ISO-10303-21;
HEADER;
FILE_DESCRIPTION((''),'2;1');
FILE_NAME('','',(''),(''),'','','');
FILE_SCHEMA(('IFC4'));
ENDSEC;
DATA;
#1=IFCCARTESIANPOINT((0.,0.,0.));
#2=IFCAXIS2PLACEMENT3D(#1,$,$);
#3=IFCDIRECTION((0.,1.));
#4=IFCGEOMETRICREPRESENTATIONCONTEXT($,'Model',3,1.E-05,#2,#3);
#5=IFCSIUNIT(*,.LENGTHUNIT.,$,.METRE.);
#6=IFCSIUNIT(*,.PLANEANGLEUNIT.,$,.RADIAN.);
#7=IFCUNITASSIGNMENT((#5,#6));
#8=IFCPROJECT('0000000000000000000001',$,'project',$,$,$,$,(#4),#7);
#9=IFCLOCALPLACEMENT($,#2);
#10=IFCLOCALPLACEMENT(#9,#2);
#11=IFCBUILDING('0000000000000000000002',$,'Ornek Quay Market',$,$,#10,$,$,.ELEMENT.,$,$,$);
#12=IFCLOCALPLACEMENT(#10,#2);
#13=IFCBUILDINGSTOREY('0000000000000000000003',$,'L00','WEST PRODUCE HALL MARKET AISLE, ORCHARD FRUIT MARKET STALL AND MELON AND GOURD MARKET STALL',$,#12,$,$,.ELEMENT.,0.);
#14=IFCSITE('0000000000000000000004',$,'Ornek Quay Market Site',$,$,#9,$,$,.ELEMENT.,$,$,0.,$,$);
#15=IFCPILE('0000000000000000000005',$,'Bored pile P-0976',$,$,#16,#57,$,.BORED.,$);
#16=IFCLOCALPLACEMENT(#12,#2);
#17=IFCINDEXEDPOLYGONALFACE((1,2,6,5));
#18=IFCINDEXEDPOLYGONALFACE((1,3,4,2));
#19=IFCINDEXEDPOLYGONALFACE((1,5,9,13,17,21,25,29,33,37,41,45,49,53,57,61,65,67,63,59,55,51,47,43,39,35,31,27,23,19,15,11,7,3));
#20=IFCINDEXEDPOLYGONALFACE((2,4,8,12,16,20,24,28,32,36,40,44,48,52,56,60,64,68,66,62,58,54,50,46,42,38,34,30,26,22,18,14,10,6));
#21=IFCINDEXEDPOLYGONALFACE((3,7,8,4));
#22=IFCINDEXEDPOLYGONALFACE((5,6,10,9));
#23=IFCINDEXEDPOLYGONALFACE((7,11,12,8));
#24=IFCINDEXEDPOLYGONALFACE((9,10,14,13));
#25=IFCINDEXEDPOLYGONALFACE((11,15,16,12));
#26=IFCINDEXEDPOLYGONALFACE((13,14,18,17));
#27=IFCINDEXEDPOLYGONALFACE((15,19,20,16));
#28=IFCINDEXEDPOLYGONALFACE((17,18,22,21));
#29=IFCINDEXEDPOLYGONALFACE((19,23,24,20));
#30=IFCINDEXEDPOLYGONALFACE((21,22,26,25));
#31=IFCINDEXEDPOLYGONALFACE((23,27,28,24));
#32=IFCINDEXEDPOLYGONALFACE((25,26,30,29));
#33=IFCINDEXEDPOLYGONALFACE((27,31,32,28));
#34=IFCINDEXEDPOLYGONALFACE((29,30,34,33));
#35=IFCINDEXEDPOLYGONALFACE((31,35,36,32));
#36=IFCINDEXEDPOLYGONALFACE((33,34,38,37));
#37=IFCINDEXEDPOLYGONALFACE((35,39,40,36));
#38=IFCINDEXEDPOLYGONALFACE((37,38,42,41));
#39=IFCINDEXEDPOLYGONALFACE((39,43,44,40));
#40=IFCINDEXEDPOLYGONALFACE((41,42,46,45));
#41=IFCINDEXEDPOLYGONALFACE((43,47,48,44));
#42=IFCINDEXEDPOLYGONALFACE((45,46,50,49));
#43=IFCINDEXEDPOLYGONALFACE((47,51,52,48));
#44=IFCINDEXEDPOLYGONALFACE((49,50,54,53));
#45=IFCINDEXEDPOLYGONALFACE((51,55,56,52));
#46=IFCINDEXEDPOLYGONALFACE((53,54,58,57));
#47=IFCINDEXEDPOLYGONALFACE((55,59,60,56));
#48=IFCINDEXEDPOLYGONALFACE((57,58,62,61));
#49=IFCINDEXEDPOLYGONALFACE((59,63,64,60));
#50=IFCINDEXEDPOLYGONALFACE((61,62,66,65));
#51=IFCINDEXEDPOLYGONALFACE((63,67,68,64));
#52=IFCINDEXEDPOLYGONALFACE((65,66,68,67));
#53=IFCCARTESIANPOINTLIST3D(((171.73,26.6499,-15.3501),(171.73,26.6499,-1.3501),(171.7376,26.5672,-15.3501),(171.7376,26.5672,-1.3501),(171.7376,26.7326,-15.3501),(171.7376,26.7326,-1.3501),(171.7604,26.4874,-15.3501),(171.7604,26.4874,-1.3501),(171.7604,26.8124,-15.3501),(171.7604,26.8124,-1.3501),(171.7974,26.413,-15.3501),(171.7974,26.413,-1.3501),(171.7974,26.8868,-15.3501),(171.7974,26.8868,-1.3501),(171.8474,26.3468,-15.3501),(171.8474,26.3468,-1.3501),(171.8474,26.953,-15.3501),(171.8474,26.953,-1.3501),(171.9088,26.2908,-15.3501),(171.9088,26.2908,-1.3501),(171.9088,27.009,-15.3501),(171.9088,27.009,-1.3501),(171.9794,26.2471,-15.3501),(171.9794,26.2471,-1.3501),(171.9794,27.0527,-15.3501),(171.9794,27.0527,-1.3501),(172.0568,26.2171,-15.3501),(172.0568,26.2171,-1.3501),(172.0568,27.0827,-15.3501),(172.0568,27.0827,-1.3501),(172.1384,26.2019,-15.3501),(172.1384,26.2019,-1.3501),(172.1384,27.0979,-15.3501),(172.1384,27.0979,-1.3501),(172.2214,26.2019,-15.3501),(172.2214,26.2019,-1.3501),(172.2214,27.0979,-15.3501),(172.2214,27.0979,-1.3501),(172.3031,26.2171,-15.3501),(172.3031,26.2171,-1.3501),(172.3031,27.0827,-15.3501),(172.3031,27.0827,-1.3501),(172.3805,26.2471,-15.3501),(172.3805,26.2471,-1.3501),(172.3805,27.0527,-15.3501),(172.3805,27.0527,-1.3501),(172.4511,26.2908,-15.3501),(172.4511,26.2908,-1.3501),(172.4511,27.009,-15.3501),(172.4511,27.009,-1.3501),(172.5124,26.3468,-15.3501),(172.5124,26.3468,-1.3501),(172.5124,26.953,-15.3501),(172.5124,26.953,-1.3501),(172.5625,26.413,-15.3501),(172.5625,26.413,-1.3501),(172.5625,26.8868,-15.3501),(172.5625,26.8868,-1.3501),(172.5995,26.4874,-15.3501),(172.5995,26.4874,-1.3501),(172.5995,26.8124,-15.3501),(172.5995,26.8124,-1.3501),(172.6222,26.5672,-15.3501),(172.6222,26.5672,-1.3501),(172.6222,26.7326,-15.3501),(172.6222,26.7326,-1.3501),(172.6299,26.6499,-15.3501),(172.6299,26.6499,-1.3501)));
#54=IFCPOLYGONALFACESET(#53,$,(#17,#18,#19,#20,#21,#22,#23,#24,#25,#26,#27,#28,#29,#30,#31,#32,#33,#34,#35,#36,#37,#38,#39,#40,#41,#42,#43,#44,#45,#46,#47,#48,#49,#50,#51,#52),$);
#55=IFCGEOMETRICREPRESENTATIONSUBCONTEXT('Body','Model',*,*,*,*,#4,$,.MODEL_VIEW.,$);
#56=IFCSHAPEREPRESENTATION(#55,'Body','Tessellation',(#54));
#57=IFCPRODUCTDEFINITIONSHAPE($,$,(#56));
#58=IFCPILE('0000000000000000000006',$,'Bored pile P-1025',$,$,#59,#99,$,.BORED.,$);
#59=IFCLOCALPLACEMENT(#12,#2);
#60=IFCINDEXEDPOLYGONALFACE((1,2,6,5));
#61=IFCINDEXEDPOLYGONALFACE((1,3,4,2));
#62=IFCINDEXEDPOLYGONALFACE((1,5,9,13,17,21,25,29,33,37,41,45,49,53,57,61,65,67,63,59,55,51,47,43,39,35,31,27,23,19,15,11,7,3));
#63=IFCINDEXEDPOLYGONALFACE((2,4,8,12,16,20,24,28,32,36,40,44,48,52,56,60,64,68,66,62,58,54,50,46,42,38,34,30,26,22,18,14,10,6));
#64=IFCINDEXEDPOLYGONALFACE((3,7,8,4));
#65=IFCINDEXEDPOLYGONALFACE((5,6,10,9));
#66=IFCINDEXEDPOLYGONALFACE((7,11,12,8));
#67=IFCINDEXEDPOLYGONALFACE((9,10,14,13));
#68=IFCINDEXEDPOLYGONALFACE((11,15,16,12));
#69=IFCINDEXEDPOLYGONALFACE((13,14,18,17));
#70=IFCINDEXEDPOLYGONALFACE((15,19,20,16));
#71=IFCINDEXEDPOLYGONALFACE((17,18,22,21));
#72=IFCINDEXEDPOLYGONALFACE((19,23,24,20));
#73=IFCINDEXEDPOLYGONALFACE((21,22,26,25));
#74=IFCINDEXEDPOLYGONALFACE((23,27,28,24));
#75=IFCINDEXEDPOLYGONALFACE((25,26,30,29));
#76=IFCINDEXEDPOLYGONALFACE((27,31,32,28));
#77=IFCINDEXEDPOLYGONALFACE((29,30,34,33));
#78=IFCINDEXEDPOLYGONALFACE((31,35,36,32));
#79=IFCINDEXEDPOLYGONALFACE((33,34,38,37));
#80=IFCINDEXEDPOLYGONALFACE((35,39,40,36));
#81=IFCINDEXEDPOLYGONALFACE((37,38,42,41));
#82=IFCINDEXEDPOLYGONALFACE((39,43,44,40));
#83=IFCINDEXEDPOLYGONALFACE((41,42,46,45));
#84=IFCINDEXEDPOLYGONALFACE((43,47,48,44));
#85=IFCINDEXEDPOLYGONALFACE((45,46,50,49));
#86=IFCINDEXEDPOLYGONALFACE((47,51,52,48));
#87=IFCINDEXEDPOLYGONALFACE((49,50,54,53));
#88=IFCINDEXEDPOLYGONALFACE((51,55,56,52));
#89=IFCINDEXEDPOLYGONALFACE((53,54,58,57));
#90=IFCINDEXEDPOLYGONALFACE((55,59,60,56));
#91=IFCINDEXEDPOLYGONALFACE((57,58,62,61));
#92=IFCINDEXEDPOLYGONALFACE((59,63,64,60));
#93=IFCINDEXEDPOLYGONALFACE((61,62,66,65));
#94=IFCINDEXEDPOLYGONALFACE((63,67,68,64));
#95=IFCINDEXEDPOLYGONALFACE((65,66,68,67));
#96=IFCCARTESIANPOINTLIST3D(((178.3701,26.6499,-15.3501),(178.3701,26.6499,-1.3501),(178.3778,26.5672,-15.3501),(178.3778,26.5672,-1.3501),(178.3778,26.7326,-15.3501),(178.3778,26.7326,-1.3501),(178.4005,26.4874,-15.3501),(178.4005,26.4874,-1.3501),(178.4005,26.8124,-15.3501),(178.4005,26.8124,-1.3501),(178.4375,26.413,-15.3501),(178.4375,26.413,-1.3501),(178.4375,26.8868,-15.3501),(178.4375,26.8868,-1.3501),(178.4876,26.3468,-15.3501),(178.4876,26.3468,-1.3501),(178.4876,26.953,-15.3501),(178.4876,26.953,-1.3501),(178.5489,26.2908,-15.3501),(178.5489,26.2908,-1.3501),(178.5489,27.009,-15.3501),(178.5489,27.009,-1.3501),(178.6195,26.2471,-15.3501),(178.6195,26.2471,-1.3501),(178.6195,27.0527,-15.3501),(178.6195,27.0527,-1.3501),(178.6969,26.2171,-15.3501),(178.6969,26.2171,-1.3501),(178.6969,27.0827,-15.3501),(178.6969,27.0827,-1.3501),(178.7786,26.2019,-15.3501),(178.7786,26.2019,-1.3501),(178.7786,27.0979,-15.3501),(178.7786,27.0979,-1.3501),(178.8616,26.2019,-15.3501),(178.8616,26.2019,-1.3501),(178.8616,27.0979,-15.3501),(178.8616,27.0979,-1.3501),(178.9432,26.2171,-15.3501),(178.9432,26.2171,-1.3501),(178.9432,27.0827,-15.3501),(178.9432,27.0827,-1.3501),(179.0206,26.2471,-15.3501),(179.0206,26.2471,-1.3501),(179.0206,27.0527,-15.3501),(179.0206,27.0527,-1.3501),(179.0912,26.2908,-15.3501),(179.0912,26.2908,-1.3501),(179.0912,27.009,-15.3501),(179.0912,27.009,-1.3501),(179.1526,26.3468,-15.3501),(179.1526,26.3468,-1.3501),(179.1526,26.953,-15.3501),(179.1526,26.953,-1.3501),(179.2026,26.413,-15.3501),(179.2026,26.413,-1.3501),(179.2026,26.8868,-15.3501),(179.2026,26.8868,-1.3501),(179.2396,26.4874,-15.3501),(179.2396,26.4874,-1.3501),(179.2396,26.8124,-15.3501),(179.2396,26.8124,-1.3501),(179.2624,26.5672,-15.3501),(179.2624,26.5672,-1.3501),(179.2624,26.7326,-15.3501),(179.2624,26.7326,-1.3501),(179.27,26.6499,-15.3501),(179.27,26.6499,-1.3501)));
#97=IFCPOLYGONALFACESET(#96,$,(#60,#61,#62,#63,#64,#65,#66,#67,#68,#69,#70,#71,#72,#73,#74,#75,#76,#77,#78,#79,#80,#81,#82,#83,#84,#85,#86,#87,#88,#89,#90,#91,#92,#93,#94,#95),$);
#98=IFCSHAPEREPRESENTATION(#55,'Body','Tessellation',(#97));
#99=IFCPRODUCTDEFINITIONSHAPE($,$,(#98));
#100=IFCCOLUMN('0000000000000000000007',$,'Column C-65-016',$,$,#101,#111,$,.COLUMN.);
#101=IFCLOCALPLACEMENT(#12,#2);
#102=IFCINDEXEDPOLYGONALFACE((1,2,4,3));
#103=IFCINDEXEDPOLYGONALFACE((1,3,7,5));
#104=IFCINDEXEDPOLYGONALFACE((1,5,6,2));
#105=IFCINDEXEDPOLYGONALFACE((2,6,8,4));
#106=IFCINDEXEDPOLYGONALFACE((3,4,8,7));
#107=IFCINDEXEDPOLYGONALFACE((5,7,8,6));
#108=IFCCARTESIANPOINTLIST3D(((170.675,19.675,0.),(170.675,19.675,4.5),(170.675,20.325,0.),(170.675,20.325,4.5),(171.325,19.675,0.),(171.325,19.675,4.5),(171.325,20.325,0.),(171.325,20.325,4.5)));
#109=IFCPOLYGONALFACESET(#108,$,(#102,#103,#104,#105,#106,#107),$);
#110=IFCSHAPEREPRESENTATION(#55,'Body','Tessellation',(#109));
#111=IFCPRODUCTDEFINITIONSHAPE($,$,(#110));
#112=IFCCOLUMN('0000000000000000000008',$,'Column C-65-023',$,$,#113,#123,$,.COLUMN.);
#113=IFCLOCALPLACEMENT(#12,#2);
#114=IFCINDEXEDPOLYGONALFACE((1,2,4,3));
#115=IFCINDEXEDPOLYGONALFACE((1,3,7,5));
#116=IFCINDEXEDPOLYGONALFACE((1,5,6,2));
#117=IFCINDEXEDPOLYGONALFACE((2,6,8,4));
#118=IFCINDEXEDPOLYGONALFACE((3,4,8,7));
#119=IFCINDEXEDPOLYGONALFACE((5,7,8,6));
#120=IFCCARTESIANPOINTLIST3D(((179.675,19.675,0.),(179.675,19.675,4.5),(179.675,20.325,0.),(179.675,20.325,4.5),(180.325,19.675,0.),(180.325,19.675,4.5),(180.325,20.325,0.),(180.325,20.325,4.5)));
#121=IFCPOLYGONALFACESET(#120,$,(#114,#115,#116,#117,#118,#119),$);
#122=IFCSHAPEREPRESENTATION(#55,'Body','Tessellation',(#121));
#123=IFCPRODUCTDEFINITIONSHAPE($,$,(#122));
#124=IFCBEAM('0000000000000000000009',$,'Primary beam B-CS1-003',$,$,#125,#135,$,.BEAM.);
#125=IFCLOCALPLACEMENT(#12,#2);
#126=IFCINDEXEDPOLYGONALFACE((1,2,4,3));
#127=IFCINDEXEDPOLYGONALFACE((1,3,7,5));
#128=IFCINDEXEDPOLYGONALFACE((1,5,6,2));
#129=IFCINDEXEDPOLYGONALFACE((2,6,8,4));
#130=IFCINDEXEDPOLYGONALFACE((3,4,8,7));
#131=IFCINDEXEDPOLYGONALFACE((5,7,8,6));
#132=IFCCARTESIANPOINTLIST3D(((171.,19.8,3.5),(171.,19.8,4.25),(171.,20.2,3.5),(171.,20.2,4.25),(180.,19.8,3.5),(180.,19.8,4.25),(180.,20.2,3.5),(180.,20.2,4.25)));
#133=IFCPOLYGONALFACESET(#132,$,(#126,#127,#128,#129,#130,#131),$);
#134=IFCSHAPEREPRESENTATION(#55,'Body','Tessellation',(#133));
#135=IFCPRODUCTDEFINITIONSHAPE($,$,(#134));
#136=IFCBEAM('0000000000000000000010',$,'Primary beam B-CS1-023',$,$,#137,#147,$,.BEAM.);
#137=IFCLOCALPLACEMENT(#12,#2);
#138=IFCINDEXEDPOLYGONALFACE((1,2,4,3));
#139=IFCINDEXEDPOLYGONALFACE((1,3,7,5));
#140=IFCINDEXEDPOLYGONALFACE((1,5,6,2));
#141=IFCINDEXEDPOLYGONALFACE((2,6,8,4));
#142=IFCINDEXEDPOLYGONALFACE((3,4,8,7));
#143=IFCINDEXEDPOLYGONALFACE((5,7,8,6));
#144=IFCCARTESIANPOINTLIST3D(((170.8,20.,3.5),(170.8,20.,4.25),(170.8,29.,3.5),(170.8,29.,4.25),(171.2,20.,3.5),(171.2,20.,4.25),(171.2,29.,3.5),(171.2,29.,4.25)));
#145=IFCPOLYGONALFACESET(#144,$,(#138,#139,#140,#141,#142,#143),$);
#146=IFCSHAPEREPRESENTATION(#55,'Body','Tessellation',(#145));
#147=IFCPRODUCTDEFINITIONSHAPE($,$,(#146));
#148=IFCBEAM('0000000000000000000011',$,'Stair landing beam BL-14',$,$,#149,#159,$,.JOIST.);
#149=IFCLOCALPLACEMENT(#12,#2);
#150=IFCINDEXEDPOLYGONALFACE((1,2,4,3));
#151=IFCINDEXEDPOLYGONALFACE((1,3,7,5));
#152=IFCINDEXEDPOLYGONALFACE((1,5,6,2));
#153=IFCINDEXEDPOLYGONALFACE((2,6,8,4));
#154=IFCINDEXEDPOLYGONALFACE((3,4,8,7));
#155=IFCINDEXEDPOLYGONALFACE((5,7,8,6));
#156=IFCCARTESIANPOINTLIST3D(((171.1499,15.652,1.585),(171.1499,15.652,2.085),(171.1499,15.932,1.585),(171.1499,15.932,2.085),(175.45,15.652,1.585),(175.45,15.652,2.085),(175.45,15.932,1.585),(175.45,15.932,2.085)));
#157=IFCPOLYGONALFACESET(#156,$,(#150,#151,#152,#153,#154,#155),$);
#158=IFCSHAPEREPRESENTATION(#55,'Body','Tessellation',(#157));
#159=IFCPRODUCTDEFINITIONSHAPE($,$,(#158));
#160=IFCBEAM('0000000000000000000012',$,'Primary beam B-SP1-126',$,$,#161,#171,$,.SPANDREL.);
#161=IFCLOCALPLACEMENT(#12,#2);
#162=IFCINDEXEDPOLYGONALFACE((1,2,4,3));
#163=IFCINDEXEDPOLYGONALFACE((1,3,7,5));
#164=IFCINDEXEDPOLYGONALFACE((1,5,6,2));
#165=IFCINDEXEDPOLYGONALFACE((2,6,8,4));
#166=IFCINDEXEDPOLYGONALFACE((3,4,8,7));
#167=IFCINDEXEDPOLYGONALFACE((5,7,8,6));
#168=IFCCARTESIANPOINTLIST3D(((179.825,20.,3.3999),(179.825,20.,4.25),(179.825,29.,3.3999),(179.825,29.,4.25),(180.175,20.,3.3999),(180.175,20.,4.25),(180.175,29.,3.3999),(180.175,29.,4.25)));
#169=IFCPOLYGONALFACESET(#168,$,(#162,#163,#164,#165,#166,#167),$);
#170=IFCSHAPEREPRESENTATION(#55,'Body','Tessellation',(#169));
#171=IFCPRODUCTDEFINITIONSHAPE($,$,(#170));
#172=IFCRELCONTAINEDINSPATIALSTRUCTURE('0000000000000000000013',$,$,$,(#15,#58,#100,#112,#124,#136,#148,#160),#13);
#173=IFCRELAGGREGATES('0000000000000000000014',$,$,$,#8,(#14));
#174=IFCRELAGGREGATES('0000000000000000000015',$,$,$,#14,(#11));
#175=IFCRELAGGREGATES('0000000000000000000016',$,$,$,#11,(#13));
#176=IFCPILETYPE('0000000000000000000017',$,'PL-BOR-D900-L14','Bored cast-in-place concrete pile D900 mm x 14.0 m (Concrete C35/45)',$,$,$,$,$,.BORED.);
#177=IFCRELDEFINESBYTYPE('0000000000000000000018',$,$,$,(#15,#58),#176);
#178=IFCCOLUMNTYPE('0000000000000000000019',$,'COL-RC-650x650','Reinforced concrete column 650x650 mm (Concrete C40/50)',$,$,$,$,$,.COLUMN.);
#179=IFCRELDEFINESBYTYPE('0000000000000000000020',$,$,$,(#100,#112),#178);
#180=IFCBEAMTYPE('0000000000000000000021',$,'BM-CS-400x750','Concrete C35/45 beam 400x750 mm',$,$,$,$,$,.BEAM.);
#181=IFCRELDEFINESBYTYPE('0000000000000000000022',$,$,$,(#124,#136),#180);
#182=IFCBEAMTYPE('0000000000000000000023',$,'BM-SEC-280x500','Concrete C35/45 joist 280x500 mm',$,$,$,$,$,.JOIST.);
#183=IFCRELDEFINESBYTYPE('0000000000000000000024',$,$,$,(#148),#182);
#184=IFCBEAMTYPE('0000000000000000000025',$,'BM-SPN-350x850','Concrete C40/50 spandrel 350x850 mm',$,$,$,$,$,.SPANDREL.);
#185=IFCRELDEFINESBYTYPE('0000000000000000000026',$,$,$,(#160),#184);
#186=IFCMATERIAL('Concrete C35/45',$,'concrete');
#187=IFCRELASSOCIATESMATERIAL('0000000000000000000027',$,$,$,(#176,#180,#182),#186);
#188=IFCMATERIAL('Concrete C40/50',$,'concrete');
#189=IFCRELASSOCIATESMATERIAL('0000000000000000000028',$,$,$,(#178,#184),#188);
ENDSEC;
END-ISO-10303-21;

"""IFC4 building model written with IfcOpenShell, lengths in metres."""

from ifc_helpers import new_model, si_unit, direction, frame, origin, origin_2d, place, context, subcontext, project, spatial, rectangle, circle, extrude, material, material_profile, profile_set, type_object, element, save


model = new_model("IFC4")

# Units and contexts
model_context = context("Model", 3, precision=1e-05, world=origin(), true_north=direction((0.0, 1.0)))
body_context = subcontext(model_context, "Body", "Model", "MODEL_VIEW")
ifc_project = project(units=[si_unit("LENGTHUNIT", "METRE"), si_unit("PLANEANGLEUNIT", "RADIAN")], contexts=[model_context])

# Site, building, storey
site_placement = place(None, origin())
site = spatial("IfcSite", under=ifc_project, at=site_placement, Name="Ornek Quay Market Site", CompositionType="ELEMENT", RefElevation=0.0)
building_placement = place(site_placement, origin())
building = spatial("IfcBuilding", under=site, at=building_placement, Name="Ornek Quay Market", CompositionType="ELEMENT")
storey_placement = place(building_placement, origin())
storey = spatial("IfcBuildingStorey", under=building, at=storey_placement, Name="L00", Description="WEST PRODUCE HALL MARKET AISLE, ORCHARD FRUIT MARKET STALL AND MELON AND GOURD MARKET STALL", CompositionType="ELEMENT", Elevation=0.0)

# Piles
ifc_material_1 = material(Name="Concrete C35/45", Category="concrete")
ifc_material_profile_1 = material_profile(ifc_material_1, circle(Radius=0.45, at=origin_2d()), Name="PILE D900", Category="concrete")
ifc_profile_set_1 = profile_set([ifc_material_profile_1], Name="Concrete C35/45")
pile_type = type_object("IfcPileType", Name="PL-BOR-D900-L14", Description="Bored cast-in-place concrete pile D900 mm x 14.0 m (Concrete C35/45)", PredefinedType="BORED", material=ifc_profile_set_1)
for number, where, z_axis, x_axis, name in (
    (1, (172.1799, 26.6499, -1.3501), (0.0, 0.0, -1.0), (1.0, 0.0, 0.0), "Bored pile P-0976"),
    (2, (178.8201, 26.6499, -1.3501), (0.0, 0.0, -1.0), (1.0, 0.0, 0.0), "Bored pile P-1025"),
):
    element("IfcPile", number, at=place(storey_placement, frame(where, z_axis=z_axis, x_axis=x_axis)), inside=storey, type_object=pile_type, Name=name, PredefinedType="BORED", context=body_context, shape_type="SweptSolid", body=[
        extrude(circle(Radius=0.45, at=origin_2d()), origin(), (0.0, 0.0, 1.0), 14.0),
    ])

# Columns
ifc_material_2 = material(Name="Concrete C40/50", Category="concrete")
ifc_material_profile_2 = material_profile(ifc_material_2, rectangle(XDim=0.6499, YDim=0.6499, at=origin_2d()), Name="RC 650x650", Category="concrete")
ifc_profile_set_2 = profile_set([ifc_material_profile_2], Name="Concrete C40/50")
column_type = type_object("IfcColumnType", Name="COL-RC-650x650", Description="Reinforced concrete column 650x650 mm (Concrete C40/50)", PredefinedType="COLUMN", material=ifc_profile_set_2)
for number, where, z_axis, x_axis, name in (
    (3, (171.0, 20.0, 0.0), (0.0, 0.0, 1.0), (1.0, 0.0, 0.0), "Column C-65-016"),
    (4, (180.0, 20.0, 0.0), (0.0, 0.0, 1.0), (1.0, 0.0, 0.0), "Column C-65-023"),
):
    element("IfcColumn", number, at=place(storey_placement, frame(where, z_axis=z_axis, x_axis=x_axis)), inside=storey, type_object=column_type, Name=name, PredefinedType="COLUMN", context=body_context, shape_type="SweptSolid", body=[
        extrude(rectangle(XDim=0.6499, YDim=0.6499, at=origin_2d()), origin(), (0.0, 0.0, 1.0), 4.5),
    ])

# Beams
ifc_material_profile_3 = material_profile(ifc_material_1, rectangle(XDim=0.3999, YDim=0.75, at=origin_2d()), Name="RC 400x750", Category="concrete")
ifc_profile_set_3 = profile_set([ifc_material_profile_3], Name="Concrete C35/45")
beam_type_1 = type_object("IfcBeamType", Name="BM-CS-400x750", Description="Concrete C35/45 beam 400x750 mm", PredefinedType="BEAM", material=ifc_profile_set_3)
for number, where, z_axis, x_axis, name in (
    (5, (171.0, 20.0, 3.875), (1.0, 0.0, 0.0), (0.0, 1.0, 0.0), "Primary beam B-CS1-003"),
    (6, (171.0, 20.0, 3.875), (0.0, 1.0, 0.0), (-1.0, 0.0, 0.0), "Primary beam B-CS1-023"),
):
    element("IfcBeam", number, at=place(storey_placement, frame(where, z_axis=z_axis, x_axis=x_axis)), inside=storey, type_object=beam_type_1, Name=name, PredefinedType="BEAM", context=body_context, shape_type="SweptSolid", body=[
        extrude(rectangle(XDim=0.3999, YDim=0.75, at=origin_2d()), origin(), (0.0, 0.0, 1.0), 9.0),
    ])
ifc_material_profile_4 = material_profile(ifc_material_1, rectangle(XDim=0.28, YDim=0.5, at=origin_2d()), Name="RC 280x500", Category="concrete")
ifc_profile_set_4 = profile_set([ifc_material_profile_4], Name="Concrete C35/45")
beam_type_2 = type_object("IfcBeamType", Name="BM-SEC-280x500", Description="Concrete C35/45 joist 280x500 mm", PredefinedType="JOIST", material=ifc_profile_set_4)
beam_1_placement = place(storey_placement, frame((171.1499, 15.792, 1.835), z_axis=(1.0, 0.0, 0.0), x_axis=(0.0, 1.0, 0.0)))
element("IfcBeam", 7, at=beam_1_placement, inside=storey, type_object=beam_type_2, Name="Stair landing beam BL-14", PredefinedType="JOIST", context=body_context, shape_type="SweptSolid", body=[
    extrude(rectangle(XDim=0.28, YDim=0.5, at=origin_2d()), origin(), (0.0, 0.0, 1.0), 4.3),
])
ifc_material_profile_5 = material_profile(ifc_material_2, rectangle(XDim=0.3501, YDim=0.8501, at=origin_2d()), Name="RC 350x850", Category="concrete")
ifc_profile_set_5 = profile_set([ifc_material_profile_5], Name="Concrete C40/50")
beam_type_3 = type_object("IfcBeamType", Name="BM-SPN-350x850", Description="Concrete C40/50 spandrel 350x850 mm", PredefinedType="SPANDREL", material=ifc_profile_set_5)
beam_2_placement = place(storey_placement, frame((180.0, 20.0, 3.825), z_axis=(0.0, 1.0, 0.0), x_axis=(-1.0, 0.0, 0.0)))
element("IfcBeam", 8, at=beam_2_placement, inside=storey, type_object=beam_type_3, Name="Primary beam B-SP1-126", PredefinedType="SPANDREL", context=body_context, shape_type="SweptSolid", body=[
    extrude(rectangle(XDim=0.3501, YDim=0.8501, at=origin_2d()), origin(), (0.0, 0.0, 1.0), 9.0),
])

save(model, "model.ifc")
